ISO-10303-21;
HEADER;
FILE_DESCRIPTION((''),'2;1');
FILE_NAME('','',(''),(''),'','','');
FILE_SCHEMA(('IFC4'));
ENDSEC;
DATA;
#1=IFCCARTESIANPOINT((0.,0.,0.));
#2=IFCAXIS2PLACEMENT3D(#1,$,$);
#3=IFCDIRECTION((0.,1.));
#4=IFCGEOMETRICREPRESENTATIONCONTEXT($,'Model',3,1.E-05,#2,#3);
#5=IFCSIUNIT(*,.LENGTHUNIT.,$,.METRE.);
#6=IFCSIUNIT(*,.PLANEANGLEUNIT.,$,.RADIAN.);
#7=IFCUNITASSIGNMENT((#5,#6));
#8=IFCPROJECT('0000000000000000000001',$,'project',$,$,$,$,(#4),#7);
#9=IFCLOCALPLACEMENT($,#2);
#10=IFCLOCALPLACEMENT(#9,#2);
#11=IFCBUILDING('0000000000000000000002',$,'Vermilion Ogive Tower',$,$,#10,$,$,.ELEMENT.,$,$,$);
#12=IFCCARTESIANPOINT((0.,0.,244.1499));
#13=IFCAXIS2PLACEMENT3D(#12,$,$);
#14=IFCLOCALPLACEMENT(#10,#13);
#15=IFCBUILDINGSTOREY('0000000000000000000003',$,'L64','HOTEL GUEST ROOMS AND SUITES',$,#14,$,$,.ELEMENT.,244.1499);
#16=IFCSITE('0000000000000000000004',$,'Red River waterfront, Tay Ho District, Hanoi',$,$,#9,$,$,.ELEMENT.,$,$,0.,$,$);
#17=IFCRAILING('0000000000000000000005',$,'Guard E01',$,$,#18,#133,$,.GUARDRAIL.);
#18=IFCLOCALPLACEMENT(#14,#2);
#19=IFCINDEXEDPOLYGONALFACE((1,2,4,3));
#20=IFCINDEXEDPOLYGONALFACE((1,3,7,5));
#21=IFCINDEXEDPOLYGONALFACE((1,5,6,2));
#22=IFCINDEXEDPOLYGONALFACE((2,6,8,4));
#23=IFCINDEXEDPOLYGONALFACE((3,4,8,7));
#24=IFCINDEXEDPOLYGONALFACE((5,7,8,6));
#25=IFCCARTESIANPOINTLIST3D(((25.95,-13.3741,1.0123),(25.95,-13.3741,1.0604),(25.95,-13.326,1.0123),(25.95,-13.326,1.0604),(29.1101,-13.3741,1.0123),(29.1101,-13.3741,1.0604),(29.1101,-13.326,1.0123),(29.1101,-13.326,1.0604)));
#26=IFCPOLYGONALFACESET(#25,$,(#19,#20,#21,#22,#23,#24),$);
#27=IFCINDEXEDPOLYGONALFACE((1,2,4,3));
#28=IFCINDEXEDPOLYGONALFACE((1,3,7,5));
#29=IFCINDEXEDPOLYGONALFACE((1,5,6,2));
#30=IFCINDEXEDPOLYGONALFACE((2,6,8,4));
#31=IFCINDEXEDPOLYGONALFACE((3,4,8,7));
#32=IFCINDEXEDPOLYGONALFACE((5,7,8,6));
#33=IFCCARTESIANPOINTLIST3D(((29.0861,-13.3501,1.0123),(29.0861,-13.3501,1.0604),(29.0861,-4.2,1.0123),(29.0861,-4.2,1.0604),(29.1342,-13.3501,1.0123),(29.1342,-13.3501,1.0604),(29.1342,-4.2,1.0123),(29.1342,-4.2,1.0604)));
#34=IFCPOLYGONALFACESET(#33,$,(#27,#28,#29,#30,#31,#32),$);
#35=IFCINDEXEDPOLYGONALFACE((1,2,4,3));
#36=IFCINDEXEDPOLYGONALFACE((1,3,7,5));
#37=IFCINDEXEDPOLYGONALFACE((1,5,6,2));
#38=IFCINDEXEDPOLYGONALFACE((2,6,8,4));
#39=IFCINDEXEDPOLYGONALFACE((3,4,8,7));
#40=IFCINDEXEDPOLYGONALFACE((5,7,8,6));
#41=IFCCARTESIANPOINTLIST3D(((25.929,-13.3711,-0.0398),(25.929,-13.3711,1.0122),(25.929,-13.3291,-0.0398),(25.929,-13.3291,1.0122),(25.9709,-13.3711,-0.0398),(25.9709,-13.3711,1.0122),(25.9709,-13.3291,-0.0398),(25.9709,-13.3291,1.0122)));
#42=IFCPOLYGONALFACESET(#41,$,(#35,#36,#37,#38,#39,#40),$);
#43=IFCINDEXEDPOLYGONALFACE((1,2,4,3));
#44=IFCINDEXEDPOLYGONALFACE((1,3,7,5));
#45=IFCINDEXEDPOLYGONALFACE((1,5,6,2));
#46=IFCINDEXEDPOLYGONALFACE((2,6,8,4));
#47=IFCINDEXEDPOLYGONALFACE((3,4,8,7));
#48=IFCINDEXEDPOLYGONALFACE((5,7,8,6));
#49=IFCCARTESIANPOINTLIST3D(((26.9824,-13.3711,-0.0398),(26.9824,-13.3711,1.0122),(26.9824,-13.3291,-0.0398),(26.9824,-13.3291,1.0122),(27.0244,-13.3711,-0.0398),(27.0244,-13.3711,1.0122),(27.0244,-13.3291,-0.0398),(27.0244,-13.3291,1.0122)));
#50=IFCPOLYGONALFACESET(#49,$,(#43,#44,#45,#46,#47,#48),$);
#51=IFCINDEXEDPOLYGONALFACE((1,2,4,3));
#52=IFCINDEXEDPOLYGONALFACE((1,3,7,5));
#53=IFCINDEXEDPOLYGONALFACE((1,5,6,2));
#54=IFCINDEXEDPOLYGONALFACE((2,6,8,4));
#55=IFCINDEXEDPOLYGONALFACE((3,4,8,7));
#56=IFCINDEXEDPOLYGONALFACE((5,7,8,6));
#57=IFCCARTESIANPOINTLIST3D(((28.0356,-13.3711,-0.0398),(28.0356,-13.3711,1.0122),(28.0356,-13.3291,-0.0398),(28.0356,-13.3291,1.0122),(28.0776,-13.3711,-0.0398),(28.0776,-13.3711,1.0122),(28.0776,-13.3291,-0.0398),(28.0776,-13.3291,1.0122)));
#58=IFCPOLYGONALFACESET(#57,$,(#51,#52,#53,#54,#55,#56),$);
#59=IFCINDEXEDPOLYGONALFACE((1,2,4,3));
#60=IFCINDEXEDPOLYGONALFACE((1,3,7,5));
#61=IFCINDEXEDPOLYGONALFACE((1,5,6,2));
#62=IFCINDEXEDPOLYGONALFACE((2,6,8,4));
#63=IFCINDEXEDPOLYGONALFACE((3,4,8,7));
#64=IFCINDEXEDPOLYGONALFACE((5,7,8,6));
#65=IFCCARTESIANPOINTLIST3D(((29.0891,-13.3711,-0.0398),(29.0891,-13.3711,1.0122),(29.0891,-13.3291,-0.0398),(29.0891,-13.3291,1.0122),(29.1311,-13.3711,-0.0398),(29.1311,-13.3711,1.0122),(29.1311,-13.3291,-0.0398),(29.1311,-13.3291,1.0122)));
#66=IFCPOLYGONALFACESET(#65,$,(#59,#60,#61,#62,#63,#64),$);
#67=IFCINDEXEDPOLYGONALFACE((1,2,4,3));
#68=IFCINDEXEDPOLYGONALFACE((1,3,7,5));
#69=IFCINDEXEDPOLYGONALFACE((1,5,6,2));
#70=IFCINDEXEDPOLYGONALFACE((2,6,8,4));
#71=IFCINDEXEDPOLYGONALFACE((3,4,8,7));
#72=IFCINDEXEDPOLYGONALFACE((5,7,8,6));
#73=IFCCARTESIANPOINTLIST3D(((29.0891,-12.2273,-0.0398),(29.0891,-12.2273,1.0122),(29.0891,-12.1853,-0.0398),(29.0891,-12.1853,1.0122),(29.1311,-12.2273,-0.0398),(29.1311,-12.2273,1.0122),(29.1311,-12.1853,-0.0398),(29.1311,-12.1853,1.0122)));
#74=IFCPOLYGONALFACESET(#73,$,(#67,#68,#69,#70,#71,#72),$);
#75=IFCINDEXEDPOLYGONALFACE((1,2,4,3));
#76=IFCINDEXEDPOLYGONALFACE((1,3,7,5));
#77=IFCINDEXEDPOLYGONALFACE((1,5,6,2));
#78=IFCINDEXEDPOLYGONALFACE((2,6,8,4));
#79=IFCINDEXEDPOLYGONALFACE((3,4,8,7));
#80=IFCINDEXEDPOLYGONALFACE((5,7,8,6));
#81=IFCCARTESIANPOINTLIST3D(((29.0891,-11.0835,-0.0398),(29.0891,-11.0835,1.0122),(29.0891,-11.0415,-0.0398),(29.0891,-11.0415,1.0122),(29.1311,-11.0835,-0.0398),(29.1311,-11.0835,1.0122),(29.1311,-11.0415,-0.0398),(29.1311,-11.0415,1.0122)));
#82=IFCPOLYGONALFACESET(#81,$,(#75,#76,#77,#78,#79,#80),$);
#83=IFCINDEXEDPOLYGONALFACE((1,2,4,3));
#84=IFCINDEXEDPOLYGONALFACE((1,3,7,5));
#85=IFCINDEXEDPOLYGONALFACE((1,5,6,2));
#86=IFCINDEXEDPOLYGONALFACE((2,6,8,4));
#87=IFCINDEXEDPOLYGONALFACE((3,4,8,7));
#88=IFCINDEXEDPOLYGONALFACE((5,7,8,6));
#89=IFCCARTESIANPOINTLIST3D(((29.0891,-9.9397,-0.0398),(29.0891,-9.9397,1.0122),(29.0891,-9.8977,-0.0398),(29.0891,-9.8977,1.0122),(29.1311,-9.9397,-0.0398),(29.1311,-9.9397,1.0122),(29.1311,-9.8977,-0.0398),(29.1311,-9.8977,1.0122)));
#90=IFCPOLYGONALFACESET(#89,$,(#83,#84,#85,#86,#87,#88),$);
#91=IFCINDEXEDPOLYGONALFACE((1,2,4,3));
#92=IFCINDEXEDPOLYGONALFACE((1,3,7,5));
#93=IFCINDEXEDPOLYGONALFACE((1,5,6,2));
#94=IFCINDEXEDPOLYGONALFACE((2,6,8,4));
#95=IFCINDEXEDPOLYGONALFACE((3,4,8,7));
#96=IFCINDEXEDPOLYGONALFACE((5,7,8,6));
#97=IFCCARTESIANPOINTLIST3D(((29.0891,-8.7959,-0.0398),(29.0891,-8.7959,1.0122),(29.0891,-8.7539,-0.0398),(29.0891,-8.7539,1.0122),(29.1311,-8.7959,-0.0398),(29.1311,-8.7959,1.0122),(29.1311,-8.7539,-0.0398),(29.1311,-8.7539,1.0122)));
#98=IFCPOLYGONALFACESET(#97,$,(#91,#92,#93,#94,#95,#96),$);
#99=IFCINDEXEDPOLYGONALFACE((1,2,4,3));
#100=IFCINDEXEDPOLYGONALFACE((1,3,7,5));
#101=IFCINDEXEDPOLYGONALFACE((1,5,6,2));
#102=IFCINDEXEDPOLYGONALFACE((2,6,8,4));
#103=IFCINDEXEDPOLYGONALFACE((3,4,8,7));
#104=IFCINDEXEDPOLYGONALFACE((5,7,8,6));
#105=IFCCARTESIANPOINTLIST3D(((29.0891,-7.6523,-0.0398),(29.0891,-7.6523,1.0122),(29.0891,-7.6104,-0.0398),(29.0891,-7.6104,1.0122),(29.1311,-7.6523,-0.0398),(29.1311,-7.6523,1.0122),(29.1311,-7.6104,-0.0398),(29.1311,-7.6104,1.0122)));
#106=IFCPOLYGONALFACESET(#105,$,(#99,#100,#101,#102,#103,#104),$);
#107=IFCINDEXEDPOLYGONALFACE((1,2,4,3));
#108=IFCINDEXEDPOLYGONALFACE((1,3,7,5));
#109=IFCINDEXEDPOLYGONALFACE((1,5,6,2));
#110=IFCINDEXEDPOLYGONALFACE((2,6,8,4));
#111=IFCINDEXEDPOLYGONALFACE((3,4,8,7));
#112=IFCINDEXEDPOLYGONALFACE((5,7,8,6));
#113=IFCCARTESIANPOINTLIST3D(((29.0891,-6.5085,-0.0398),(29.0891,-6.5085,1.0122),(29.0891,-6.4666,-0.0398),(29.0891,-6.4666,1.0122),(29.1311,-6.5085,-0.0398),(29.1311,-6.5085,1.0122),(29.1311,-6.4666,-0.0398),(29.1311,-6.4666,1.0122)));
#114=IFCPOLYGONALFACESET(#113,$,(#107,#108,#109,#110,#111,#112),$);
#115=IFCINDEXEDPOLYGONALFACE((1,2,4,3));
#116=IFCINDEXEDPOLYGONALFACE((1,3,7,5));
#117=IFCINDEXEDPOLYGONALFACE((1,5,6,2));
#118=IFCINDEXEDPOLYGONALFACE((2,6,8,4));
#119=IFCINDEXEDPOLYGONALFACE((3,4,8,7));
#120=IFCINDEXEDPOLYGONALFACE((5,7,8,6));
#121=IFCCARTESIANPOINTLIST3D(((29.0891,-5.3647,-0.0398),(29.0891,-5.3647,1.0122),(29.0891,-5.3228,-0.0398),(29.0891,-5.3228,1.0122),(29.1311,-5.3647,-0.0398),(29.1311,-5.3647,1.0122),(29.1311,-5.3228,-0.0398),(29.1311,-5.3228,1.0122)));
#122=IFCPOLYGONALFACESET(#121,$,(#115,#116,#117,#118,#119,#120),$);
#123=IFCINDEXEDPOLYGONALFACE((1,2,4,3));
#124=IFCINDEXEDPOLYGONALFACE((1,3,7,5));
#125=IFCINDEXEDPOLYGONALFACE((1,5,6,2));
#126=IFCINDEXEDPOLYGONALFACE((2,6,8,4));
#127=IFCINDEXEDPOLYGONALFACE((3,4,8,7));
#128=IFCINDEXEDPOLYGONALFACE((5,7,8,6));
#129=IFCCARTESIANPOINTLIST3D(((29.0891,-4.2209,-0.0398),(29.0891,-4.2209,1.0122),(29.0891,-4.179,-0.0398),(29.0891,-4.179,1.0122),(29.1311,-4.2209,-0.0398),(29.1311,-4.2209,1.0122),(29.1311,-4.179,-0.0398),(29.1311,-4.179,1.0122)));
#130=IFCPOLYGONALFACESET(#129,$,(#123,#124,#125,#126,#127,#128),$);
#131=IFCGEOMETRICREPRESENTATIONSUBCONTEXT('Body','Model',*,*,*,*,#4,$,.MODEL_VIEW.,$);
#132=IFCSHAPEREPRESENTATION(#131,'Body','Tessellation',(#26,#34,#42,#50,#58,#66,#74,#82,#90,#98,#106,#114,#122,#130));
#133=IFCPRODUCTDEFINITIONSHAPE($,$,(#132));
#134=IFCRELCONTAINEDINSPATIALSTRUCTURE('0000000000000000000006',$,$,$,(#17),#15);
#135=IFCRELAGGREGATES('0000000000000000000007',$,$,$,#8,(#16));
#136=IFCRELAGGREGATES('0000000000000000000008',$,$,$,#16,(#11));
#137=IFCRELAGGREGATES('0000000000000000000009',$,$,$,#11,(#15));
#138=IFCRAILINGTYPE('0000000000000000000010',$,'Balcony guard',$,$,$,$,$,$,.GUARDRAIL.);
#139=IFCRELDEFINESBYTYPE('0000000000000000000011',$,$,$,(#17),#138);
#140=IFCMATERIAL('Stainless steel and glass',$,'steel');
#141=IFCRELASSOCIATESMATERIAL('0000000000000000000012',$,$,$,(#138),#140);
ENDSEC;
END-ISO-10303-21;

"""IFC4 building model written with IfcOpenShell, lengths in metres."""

from ifc_helpers import new_model, si_unit, direction, frame, origin, origin_2d, place, context, subcontext, project, spatial, rectangle, extrude, material, type_object, element, save


model = new_model("IFC4")

# Units and contexts
model_context = context("Model", 3, precision=1e-05, world=origin(), true_north=direction((0.0, 1.0)))
body_context = subcontext(model_context, "Body", "Model", "MODEL_VIEW")
ifc_project = project(units=[si_unit("LENGTHUNIT", "METRE"), si_unit("PLANEANGLEUNIT", "RADIAN")], contexts=[model_context])

# Site, building, storey
site_placement = place(None, origin())
site = spatial("IfcSite", under=ifc_project, at=site_placement, Name="Red River waterfront, Tay Ho District, Hanoi", CompositionType="ELEMENT", RefElevation=0.0)
building_placement = place(site_placement, origin())
building = spatial("IfcBuilding", under=site, at=building_placement, Name="Vermilion Ogive Tower", CompositionType="ELEMENT")
storey_placement = place(building_placement, frame((0.0, 0.0, 244.1499)))
storey = spatial("IfcBuildingStorey", under=building, at=storey_placement, Name="L64", Description="HOTEL GUEST ROOMS AND SUITES", CompositionType="ELEMENT", Elevation=244.1499)

# Railing
ifc_material_1 = material(Name="Stainless steel and glass", Category="steel")
railing_type_1 = type_object("IfcRailingType", Name="Balcony guard", PredefinedType="GUARDRAIL", material=ifc_material_1)
railing_1_placement = place(storey_placement, frame((25.95, -13.3501, -0.0398)))
element("IfcRailing", 1, at=railing_1_placement, inside=storey, type_object=railing_type_1, Name="Guard E01", PredefinedType="GUARDRAIL", context=body_context, shape_type="SweptSolid", body=[
    extrude(rectangle(XDim=0.0481, YDim=0.0481, at=origin_2d()), frame((0.0, 0.0, 1.0762), z_axis=(1.0, 0.0, 0.0), x_axis=(0.0, 1.0, 0.0)), (0.0, 0.0, 1.0), 3.1602),
    extrude(rectangle(XDim=0.0481, YDim=0.0481, at=origin_2d()), frame((3.1602, 0.0, 1.0762), z_axis=(0.0, 1.0, 0.0), x_axis=(-1.0, 0.0, 0.0)), (0.0, 0.0, 1.0), 9.1501),
    extrude(rectangle(XDim=0.042, YDim=0.042, at=origin_2d()), origin(), (0.0, 0.0, 1.0), 1.052),
    extrude(rectangle(XDim=0.042, YDim=0.042, at=origin_2d()), frame((1.0535, 0.0, 0.0)), (0.0, 0.0, 1.0), 1.052),
    extrude(rectangle(XDim=0.042, YDim=0.042, at=origin_2d()), frame((2.1067, 0.0, 0.0)), (0.0, 0.0, 1.0), 1.052),
    extrude(rectangle(XDim=0.042, YDim=0.042, at=origin_2d()), frame((3.1602, 0.0, 0.0)), (0.0, 0.0, 1.0), 1.052),
    extrude(rectangle(XDim=0.042, YDim=0.042, at=origin_2d()), frame((3.1602, 1.1438, 0.0)), (0.0, 0.0, 1.0), 1.052),
    extrude(rectangle(XDim=0.042, YDim=0.042, at=origin_2d()), frame((3.1602, 2.2876, 0.0)), (0.0, 0.0, 1.0), 1.052),
    extrude(rectangle(XDim=0.042, YDim=0.042, at=origin_2d()), frame((3.1602, 3.4314, 0.0)), (0.0, 0.0, 1.0), 1.052),
    extrude(rectangle(XDim=0.042, YDim=0.042, at=origin_2d()), frame((3.1602, 4.5752, 0.0)), (0.0, 0.0, 1.0), 1.052),
    extrude(rectangle(XDim=0.042, YDim=0.042, at=origin_2d()), frame((3.1602, 5.7188, 0.0)), (0.0, 0.0, 1.0), 1.052),
    extrude(rectangle(XDim=0.042, YDim=0.042, at=origin_2d()), frame((3.1602, 6.8625, 0.0)), (0.0, 0.0, 1.0), 1.052),
    extrude(rectangle(XDim=0.042, YDim=0.042, at=origin_2d()), frame((3.1602, 8.0063, 0.0)), (0.0, 0.0, 1.0), 1.052),
    extrude(rectangle(XDim=0.042, YDim=0.042, at=origin_2d()), frame((3.1602, 9.1501, 0.0)), (0.0, 0.0, 1.0), 1.052),
])

save(model, "model.ifc")
